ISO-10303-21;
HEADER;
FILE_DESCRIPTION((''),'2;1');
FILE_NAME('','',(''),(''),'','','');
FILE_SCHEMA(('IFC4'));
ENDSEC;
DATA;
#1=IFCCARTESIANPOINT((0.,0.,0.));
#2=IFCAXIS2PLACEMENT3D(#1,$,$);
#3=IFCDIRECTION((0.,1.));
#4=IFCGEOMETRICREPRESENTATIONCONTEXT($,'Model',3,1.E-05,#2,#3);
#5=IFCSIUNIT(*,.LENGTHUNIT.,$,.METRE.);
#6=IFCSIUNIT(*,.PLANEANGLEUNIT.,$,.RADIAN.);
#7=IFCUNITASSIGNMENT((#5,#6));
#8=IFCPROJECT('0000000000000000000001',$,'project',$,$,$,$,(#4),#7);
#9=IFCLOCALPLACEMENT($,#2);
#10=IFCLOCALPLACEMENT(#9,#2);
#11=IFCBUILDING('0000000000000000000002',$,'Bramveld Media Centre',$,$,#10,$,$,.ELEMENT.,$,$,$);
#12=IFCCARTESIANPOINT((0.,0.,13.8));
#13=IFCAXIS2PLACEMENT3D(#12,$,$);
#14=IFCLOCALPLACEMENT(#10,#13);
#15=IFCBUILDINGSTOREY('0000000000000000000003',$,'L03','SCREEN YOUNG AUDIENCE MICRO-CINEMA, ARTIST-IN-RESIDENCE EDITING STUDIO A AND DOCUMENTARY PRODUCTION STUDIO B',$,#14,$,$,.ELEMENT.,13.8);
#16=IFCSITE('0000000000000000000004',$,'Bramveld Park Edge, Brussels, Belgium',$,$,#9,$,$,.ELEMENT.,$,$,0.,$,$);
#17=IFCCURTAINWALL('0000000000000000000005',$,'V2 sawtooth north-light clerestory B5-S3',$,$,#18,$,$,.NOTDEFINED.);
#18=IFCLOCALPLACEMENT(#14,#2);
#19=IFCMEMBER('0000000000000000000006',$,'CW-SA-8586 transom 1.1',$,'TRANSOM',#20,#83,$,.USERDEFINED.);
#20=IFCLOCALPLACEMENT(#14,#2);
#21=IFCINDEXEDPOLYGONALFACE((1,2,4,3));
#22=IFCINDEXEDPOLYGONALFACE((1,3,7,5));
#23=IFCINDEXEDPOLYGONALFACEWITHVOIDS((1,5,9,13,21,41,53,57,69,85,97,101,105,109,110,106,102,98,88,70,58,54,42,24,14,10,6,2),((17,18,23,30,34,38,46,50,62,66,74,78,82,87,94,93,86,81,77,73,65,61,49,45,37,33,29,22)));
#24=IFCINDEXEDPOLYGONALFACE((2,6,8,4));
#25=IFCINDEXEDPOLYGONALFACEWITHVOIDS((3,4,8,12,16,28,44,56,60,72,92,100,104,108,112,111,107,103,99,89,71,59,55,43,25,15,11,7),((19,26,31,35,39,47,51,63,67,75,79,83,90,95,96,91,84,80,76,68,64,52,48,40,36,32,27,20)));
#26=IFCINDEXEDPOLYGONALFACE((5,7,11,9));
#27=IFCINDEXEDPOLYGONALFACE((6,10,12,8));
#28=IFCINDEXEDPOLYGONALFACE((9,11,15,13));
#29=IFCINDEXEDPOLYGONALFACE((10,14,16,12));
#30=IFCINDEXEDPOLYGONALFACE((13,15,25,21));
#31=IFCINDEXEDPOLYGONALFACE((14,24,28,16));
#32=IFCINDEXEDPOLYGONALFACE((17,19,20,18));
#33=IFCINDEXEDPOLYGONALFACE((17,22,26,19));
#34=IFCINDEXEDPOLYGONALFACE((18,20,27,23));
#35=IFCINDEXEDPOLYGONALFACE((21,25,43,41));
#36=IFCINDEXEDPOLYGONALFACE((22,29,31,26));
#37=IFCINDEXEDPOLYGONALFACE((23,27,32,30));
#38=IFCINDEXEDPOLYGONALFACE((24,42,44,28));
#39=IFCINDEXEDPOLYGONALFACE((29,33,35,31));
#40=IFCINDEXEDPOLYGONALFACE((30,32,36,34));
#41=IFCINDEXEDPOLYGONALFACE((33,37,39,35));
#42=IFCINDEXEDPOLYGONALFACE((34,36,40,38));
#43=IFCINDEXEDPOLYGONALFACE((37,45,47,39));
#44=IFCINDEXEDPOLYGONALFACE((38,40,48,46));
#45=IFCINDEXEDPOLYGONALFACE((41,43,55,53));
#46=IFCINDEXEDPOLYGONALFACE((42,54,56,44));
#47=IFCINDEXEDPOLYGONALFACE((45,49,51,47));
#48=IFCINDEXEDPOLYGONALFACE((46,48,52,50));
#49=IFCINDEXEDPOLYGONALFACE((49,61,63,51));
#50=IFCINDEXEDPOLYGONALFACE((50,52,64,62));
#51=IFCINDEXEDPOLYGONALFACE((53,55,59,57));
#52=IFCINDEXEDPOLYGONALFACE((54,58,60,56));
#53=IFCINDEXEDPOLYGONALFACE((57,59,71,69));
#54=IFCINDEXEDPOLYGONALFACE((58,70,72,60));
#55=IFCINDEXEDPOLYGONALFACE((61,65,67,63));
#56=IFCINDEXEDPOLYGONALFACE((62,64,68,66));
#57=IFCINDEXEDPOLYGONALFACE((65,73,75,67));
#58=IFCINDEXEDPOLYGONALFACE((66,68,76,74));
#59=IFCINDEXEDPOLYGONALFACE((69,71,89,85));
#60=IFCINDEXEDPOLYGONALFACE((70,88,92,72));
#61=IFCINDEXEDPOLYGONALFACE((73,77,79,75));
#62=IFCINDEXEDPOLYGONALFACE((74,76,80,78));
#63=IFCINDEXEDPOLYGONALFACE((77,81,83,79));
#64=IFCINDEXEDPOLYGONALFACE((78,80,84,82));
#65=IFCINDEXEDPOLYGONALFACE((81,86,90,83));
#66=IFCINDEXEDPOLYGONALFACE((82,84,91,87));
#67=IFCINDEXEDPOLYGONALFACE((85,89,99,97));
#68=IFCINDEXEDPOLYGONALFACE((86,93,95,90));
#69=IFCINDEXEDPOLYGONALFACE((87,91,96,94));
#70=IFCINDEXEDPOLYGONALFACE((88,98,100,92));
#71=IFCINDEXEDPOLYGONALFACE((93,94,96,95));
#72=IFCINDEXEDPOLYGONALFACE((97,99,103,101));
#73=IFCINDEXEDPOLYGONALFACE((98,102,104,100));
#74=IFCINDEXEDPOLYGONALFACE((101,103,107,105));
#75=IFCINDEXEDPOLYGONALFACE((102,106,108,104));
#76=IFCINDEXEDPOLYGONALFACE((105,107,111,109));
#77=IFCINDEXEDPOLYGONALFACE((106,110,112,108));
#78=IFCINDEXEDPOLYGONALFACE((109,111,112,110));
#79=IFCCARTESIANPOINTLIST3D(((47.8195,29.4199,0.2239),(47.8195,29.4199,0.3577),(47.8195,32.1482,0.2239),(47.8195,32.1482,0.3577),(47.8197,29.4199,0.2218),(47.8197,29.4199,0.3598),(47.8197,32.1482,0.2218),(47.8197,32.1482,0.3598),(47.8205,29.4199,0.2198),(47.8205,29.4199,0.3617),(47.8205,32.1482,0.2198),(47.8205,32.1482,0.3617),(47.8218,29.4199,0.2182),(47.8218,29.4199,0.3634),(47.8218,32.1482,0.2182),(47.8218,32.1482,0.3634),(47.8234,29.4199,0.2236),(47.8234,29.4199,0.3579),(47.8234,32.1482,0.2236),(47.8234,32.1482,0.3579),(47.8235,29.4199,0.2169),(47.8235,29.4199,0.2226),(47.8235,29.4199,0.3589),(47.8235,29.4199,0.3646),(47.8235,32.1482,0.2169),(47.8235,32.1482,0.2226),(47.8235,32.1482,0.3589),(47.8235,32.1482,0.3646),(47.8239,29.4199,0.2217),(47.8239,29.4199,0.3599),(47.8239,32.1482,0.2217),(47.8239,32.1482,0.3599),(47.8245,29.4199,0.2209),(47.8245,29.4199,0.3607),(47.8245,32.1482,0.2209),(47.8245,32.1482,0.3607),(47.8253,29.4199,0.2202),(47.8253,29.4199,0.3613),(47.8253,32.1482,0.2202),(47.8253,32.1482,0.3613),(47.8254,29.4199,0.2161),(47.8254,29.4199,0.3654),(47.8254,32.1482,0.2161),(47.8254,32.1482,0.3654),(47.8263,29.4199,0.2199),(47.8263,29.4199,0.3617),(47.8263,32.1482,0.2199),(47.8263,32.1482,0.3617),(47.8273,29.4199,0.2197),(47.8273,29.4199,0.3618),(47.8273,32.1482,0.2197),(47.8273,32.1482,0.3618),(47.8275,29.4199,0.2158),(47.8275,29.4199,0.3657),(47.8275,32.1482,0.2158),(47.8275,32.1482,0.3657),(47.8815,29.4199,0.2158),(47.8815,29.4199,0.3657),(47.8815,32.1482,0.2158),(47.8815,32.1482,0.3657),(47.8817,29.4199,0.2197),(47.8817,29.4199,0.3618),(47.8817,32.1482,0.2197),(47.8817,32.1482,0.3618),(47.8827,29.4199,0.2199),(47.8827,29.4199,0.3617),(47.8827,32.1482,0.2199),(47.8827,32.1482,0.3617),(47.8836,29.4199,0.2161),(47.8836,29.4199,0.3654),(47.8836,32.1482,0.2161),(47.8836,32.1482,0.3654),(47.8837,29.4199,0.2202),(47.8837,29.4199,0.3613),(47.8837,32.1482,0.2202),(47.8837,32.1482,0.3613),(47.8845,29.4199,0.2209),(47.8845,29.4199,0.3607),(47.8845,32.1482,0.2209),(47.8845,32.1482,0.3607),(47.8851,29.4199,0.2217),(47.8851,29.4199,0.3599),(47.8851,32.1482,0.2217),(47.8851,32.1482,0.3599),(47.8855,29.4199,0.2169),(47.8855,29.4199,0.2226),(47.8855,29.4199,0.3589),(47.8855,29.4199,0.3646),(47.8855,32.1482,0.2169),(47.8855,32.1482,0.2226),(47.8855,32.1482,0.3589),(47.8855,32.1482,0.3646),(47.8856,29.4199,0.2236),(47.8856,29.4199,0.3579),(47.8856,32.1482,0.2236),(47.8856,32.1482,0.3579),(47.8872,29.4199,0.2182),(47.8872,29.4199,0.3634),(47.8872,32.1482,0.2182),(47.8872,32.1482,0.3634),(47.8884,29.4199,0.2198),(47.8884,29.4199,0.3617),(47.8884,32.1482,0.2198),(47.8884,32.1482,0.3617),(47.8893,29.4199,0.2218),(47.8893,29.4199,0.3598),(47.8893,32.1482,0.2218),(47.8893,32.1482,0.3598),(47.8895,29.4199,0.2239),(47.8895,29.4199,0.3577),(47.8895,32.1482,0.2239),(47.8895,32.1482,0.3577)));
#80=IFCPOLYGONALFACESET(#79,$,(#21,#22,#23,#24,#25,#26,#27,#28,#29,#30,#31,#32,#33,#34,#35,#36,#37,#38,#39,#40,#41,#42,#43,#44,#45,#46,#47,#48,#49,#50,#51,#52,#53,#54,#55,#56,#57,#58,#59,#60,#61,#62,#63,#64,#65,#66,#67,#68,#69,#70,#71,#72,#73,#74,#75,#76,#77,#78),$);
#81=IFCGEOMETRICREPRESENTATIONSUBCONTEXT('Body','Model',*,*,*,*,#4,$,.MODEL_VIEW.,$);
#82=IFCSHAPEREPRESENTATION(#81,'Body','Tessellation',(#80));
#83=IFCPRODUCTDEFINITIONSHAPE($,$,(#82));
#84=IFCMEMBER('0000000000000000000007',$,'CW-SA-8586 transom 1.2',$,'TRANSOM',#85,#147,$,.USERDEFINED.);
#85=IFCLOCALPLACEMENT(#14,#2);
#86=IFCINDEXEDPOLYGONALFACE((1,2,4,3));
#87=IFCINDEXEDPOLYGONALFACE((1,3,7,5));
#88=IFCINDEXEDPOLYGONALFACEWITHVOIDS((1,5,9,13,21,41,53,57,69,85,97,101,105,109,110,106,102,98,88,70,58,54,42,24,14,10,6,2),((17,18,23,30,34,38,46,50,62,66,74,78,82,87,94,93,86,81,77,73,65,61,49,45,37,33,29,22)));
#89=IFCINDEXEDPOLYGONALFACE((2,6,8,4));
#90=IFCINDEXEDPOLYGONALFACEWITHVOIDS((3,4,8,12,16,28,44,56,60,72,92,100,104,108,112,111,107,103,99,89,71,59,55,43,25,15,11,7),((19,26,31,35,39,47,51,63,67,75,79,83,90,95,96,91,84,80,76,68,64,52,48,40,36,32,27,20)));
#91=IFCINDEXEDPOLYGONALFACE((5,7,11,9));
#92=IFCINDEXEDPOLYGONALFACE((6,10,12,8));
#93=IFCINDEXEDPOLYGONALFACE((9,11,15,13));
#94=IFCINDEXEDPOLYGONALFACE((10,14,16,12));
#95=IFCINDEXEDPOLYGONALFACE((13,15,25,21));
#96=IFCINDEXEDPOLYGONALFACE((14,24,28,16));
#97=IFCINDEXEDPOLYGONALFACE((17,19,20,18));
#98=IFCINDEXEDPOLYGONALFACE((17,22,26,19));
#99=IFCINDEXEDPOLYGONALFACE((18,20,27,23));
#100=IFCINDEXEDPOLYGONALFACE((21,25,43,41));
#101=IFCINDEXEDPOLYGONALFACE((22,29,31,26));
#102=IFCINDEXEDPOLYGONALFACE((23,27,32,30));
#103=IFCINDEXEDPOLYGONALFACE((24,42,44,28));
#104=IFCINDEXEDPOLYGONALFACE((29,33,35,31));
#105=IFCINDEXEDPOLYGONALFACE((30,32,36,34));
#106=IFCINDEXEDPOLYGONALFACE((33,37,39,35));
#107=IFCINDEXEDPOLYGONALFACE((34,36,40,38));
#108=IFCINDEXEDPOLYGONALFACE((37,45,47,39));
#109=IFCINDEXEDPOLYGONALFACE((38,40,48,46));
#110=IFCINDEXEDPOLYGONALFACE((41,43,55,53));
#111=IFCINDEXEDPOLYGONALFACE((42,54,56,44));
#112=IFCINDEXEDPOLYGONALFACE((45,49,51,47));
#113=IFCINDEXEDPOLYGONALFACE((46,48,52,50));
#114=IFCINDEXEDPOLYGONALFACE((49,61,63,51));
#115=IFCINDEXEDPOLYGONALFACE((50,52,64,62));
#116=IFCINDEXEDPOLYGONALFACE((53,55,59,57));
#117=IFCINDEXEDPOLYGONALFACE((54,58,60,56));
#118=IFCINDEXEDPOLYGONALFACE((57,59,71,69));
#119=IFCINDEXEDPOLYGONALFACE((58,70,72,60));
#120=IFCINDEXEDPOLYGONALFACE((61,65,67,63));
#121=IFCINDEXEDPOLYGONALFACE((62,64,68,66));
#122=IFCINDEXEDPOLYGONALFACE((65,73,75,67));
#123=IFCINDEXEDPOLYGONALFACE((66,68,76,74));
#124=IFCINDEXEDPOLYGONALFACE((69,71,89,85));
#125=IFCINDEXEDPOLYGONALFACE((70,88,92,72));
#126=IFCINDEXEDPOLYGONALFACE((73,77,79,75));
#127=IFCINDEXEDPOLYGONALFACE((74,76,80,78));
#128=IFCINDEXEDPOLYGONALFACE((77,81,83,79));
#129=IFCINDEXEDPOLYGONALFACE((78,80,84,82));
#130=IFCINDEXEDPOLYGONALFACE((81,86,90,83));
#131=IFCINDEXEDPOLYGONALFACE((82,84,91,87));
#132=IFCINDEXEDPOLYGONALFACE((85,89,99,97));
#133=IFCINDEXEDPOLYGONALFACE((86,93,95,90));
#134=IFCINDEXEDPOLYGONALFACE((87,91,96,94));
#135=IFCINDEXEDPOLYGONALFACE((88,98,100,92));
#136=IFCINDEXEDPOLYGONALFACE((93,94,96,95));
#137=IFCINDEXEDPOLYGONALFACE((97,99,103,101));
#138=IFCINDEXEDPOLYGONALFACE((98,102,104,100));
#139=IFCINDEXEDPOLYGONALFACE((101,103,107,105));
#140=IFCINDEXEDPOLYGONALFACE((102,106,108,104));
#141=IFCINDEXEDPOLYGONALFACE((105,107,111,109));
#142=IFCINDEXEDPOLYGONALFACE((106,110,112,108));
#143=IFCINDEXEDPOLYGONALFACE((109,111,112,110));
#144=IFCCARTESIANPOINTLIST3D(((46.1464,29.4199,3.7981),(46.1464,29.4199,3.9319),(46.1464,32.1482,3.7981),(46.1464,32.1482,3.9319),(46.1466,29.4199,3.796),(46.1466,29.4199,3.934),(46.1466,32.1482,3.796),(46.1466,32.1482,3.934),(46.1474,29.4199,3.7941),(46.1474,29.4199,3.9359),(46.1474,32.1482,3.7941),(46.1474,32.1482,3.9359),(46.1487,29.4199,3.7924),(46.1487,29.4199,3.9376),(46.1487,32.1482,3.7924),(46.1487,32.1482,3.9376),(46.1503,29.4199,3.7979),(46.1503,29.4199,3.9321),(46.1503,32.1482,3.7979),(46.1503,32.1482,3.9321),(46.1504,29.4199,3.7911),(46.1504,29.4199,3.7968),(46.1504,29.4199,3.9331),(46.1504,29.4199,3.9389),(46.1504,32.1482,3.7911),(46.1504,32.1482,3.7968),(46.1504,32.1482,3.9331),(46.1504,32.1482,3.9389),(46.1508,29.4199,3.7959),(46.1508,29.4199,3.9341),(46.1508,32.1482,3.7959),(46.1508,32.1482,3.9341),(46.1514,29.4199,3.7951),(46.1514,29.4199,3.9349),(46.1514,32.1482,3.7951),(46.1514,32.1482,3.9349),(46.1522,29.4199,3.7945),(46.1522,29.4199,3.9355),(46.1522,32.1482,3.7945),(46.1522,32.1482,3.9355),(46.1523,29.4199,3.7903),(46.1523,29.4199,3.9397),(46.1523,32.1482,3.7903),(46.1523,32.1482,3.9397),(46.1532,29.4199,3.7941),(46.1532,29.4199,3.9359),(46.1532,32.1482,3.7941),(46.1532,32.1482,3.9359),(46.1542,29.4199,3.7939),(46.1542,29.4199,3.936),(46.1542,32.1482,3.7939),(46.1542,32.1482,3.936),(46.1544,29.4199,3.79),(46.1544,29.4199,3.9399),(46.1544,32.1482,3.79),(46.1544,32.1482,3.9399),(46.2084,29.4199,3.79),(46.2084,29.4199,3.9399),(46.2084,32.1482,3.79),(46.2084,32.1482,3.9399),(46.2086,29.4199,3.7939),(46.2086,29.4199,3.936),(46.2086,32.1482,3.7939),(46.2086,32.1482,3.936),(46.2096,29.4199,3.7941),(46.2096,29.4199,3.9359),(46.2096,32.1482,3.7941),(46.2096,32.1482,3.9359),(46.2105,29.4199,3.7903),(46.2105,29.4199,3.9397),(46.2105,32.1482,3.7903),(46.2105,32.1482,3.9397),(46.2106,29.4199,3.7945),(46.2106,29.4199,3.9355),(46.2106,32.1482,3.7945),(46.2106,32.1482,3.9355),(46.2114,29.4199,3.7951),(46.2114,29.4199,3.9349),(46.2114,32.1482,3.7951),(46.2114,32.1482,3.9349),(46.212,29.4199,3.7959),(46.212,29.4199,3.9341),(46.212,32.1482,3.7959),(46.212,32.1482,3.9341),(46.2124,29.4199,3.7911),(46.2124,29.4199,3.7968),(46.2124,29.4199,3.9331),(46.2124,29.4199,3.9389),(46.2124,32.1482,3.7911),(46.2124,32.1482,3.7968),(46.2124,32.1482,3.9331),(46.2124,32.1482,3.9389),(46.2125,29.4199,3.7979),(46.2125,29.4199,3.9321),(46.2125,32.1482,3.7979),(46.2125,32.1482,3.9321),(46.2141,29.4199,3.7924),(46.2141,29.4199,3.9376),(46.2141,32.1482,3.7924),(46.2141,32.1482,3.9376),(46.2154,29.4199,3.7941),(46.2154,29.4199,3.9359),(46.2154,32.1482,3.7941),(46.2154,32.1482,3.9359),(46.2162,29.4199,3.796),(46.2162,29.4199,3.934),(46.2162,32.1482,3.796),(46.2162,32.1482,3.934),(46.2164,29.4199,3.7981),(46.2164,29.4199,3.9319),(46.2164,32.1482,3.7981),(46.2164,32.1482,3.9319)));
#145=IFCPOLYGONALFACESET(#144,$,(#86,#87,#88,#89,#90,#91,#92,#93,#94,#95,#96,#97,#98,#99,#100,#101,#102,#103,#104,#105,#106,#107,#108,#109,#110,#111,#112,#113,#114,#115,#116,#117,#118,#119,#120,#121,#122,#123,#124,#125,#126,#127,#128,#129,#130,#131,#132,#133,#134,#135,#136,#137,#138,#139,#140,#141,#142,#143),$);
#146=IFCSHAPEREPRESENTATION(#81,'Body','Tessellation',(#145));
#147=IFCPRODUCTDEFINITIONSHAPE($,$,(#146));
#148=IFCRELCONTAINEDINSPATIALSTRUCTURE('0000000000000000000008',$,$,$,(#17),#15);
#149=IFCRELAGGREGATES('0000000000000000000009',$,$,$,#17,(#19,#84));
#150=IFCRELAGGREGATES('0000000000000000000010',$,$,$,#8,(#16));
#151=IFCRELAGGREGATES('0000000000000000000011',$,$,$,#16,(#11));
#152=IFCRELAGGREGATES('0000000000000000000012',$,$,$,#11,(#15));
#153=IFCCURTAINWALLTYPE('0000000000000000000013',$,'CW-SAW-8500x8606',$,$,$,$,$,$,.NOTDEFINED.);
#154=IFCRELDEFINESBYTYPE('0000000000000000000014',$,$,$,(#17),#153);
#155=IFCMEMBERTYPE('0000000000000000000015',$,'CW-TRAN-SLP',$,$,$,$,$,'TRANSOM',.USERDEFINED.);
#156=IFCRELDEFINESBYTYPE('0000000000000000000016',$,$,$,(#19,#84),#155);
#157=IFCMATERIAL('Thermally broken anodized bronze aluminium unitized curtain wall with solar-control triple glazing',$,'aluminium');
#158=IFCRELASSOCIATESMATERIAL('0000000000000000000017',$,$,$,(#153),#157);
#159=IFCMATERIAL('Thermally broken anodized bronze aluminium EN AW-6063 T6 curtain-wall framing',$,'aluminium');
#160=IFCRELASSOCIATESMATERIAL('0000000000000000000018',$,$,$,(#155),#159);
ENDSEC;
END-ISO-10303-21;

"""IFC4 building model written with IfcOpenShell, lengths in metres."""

from ifc_helpers import new_model, si_unit, direction, frame, origin, origin_2d, place, context, subcontext, project, spatial, hollow_rectangle, extrude, material, material_profile, profile_set, type_object, element, aggregate, save


model = new_model("IFC4")

# Units and contexts
model_context = context("Model", 3, precision=1e-05, world=origin(), true_north=direction((0.0, 1.0)))
body_context = subcontext(model_context, "Body", "Model", "MODEL_VIEW")
ifc_project = project(units=[si_unit("LENGTHUNIT", "METRE"), si_unit("PLANEANGLEUNIT", "RADIAN")], contexts=[model_context])

# Site, building, storey
site_placement = place(None, origin())
site = spatial("IfcSite", under=ifc_project, at=site_placement, Name="Bramveld Park Edge, Brussels, Belgium", CompositionType="ELEMENT", RefElevation=0.0)
building_placement = place(site_placement, origin())
building = spatial("IfcBuilding", under=site, at=building_placement, Name="Bramveld Media Centre", CompositionType="ELEMENT")
storey_placement = place(building_placement, frame((0.0, 0.0, 13.8)))
storey = spatial("IfcBuildingStorey", under=building, at=storey_placement, Name="L03", Description="SCREEN YOUNG AUDIENCE MICRO-CINEMA, ARTIST-IN-RESIDENCE EDITING STUDIO A AND DOCUMENTARY PRODUCTION STUDIO B", CompositionType="ELEMENT", Elevation=13.8)

# Curtain wall, members
ifc_material_1 = material(Name="Thermally broken anodized bronze aluminium unitized curtain wall with solar-control triple glazing", Category="aluminium")
curtain_wall_type = type_object("IfcCurtainWallType", Name="CW-SAW-8500x8606", PredefinedType="NOTDEFINED", material=ifc_material_1)
curtain_wall_placement = place(storey_placement, origin())
curtain_wall = element("IfcCurtainWall", 1, at=curtain_wall_placement, inside=storey, type_object=curtain_wall_type, Name="V2 sawtooth north-light clerestory B5-S3", PredefinedType="NOTDEFINED")
ifc_material_2 = material(Name="Thermally broken anodized bronze aluminium EN AW-6063 T6 curtain-wall framing", Category="aluminium")
ifc_material_profile_1 = material_profile(ifc_material_2, hollow_rectangle(XDim=0.0701, YDim=0.1499, WallThickness=0.0039, InnerFilletRadius=0.0039, OuterFilletRadius=0.0081, at=origin_2d()), Name="AL-TRAN 70x150")
ifc_profile_set_1 = profile_set([ifc_material_profile_1], Name="Thermally broken anodized bronze aluminium EN AW-6063 T6 curtain-wall framing")
member_type_1 = type_object("IfcMemberType", Name="CW-TRAN-SLP", ElementType="TRANSOM", PredefinedType="USERDEFINED", material=ifc_profile_set_1)
member_1_placement = place(storey_placement, frame((47.8545, 29.4199, 0.2908), z_axis=(0.0, 1.0, 0.0), x_axis=(-1.0, 0.0, 0.0)))
member_1 = element("IfcMember", 2, at=member_1_placement, type_object=member_type_1, Name="CW-SA-8586 transom 1.1", ObjectType="TRANSOM", PredefinedType="USERDEFINED", context=body_context, shape_type="SweptSolid", body=[
    extrude(hollow_rectangle(XDim=0.0701, YDim=0.1499, WallThickness=0.0039, InnerFilletRadius=0.0039, OuterFilletRadius=0.0081, at=origin_2d()), origin(), (0.0, 0.0, 1.0), 2.7283),
])
member_2_placement = place(storey_placement, frame((46.1814, 29.4199, 3.865), z_axis=(0.0, 1.0, 0.0), x_axis=(-1.0, 0.0, 0.0)))
member_2 = element("IfcMember", 3, at=member_2_placement, type_object=member_type_1, Name="CW-SA-8586 transom 1.2", ObjectType="TRANSOM", PredefinedType="USERDEFINED", context=body_context, shape_type="SweptSolid", body=[
    extrude(hollow_rectangle(XDim=0.0701, YDim=0.1499, WallThickness=0.0039, InnerFilletRadius=0.0039, OuterFilletRadius=0.0081, at=origin_2d()), origin(), (0.0, 0.0, 1.0), 2.7283),
])

aggregate(curtain_wall, [member_1, member_2])

save(model, "model.ifc")
